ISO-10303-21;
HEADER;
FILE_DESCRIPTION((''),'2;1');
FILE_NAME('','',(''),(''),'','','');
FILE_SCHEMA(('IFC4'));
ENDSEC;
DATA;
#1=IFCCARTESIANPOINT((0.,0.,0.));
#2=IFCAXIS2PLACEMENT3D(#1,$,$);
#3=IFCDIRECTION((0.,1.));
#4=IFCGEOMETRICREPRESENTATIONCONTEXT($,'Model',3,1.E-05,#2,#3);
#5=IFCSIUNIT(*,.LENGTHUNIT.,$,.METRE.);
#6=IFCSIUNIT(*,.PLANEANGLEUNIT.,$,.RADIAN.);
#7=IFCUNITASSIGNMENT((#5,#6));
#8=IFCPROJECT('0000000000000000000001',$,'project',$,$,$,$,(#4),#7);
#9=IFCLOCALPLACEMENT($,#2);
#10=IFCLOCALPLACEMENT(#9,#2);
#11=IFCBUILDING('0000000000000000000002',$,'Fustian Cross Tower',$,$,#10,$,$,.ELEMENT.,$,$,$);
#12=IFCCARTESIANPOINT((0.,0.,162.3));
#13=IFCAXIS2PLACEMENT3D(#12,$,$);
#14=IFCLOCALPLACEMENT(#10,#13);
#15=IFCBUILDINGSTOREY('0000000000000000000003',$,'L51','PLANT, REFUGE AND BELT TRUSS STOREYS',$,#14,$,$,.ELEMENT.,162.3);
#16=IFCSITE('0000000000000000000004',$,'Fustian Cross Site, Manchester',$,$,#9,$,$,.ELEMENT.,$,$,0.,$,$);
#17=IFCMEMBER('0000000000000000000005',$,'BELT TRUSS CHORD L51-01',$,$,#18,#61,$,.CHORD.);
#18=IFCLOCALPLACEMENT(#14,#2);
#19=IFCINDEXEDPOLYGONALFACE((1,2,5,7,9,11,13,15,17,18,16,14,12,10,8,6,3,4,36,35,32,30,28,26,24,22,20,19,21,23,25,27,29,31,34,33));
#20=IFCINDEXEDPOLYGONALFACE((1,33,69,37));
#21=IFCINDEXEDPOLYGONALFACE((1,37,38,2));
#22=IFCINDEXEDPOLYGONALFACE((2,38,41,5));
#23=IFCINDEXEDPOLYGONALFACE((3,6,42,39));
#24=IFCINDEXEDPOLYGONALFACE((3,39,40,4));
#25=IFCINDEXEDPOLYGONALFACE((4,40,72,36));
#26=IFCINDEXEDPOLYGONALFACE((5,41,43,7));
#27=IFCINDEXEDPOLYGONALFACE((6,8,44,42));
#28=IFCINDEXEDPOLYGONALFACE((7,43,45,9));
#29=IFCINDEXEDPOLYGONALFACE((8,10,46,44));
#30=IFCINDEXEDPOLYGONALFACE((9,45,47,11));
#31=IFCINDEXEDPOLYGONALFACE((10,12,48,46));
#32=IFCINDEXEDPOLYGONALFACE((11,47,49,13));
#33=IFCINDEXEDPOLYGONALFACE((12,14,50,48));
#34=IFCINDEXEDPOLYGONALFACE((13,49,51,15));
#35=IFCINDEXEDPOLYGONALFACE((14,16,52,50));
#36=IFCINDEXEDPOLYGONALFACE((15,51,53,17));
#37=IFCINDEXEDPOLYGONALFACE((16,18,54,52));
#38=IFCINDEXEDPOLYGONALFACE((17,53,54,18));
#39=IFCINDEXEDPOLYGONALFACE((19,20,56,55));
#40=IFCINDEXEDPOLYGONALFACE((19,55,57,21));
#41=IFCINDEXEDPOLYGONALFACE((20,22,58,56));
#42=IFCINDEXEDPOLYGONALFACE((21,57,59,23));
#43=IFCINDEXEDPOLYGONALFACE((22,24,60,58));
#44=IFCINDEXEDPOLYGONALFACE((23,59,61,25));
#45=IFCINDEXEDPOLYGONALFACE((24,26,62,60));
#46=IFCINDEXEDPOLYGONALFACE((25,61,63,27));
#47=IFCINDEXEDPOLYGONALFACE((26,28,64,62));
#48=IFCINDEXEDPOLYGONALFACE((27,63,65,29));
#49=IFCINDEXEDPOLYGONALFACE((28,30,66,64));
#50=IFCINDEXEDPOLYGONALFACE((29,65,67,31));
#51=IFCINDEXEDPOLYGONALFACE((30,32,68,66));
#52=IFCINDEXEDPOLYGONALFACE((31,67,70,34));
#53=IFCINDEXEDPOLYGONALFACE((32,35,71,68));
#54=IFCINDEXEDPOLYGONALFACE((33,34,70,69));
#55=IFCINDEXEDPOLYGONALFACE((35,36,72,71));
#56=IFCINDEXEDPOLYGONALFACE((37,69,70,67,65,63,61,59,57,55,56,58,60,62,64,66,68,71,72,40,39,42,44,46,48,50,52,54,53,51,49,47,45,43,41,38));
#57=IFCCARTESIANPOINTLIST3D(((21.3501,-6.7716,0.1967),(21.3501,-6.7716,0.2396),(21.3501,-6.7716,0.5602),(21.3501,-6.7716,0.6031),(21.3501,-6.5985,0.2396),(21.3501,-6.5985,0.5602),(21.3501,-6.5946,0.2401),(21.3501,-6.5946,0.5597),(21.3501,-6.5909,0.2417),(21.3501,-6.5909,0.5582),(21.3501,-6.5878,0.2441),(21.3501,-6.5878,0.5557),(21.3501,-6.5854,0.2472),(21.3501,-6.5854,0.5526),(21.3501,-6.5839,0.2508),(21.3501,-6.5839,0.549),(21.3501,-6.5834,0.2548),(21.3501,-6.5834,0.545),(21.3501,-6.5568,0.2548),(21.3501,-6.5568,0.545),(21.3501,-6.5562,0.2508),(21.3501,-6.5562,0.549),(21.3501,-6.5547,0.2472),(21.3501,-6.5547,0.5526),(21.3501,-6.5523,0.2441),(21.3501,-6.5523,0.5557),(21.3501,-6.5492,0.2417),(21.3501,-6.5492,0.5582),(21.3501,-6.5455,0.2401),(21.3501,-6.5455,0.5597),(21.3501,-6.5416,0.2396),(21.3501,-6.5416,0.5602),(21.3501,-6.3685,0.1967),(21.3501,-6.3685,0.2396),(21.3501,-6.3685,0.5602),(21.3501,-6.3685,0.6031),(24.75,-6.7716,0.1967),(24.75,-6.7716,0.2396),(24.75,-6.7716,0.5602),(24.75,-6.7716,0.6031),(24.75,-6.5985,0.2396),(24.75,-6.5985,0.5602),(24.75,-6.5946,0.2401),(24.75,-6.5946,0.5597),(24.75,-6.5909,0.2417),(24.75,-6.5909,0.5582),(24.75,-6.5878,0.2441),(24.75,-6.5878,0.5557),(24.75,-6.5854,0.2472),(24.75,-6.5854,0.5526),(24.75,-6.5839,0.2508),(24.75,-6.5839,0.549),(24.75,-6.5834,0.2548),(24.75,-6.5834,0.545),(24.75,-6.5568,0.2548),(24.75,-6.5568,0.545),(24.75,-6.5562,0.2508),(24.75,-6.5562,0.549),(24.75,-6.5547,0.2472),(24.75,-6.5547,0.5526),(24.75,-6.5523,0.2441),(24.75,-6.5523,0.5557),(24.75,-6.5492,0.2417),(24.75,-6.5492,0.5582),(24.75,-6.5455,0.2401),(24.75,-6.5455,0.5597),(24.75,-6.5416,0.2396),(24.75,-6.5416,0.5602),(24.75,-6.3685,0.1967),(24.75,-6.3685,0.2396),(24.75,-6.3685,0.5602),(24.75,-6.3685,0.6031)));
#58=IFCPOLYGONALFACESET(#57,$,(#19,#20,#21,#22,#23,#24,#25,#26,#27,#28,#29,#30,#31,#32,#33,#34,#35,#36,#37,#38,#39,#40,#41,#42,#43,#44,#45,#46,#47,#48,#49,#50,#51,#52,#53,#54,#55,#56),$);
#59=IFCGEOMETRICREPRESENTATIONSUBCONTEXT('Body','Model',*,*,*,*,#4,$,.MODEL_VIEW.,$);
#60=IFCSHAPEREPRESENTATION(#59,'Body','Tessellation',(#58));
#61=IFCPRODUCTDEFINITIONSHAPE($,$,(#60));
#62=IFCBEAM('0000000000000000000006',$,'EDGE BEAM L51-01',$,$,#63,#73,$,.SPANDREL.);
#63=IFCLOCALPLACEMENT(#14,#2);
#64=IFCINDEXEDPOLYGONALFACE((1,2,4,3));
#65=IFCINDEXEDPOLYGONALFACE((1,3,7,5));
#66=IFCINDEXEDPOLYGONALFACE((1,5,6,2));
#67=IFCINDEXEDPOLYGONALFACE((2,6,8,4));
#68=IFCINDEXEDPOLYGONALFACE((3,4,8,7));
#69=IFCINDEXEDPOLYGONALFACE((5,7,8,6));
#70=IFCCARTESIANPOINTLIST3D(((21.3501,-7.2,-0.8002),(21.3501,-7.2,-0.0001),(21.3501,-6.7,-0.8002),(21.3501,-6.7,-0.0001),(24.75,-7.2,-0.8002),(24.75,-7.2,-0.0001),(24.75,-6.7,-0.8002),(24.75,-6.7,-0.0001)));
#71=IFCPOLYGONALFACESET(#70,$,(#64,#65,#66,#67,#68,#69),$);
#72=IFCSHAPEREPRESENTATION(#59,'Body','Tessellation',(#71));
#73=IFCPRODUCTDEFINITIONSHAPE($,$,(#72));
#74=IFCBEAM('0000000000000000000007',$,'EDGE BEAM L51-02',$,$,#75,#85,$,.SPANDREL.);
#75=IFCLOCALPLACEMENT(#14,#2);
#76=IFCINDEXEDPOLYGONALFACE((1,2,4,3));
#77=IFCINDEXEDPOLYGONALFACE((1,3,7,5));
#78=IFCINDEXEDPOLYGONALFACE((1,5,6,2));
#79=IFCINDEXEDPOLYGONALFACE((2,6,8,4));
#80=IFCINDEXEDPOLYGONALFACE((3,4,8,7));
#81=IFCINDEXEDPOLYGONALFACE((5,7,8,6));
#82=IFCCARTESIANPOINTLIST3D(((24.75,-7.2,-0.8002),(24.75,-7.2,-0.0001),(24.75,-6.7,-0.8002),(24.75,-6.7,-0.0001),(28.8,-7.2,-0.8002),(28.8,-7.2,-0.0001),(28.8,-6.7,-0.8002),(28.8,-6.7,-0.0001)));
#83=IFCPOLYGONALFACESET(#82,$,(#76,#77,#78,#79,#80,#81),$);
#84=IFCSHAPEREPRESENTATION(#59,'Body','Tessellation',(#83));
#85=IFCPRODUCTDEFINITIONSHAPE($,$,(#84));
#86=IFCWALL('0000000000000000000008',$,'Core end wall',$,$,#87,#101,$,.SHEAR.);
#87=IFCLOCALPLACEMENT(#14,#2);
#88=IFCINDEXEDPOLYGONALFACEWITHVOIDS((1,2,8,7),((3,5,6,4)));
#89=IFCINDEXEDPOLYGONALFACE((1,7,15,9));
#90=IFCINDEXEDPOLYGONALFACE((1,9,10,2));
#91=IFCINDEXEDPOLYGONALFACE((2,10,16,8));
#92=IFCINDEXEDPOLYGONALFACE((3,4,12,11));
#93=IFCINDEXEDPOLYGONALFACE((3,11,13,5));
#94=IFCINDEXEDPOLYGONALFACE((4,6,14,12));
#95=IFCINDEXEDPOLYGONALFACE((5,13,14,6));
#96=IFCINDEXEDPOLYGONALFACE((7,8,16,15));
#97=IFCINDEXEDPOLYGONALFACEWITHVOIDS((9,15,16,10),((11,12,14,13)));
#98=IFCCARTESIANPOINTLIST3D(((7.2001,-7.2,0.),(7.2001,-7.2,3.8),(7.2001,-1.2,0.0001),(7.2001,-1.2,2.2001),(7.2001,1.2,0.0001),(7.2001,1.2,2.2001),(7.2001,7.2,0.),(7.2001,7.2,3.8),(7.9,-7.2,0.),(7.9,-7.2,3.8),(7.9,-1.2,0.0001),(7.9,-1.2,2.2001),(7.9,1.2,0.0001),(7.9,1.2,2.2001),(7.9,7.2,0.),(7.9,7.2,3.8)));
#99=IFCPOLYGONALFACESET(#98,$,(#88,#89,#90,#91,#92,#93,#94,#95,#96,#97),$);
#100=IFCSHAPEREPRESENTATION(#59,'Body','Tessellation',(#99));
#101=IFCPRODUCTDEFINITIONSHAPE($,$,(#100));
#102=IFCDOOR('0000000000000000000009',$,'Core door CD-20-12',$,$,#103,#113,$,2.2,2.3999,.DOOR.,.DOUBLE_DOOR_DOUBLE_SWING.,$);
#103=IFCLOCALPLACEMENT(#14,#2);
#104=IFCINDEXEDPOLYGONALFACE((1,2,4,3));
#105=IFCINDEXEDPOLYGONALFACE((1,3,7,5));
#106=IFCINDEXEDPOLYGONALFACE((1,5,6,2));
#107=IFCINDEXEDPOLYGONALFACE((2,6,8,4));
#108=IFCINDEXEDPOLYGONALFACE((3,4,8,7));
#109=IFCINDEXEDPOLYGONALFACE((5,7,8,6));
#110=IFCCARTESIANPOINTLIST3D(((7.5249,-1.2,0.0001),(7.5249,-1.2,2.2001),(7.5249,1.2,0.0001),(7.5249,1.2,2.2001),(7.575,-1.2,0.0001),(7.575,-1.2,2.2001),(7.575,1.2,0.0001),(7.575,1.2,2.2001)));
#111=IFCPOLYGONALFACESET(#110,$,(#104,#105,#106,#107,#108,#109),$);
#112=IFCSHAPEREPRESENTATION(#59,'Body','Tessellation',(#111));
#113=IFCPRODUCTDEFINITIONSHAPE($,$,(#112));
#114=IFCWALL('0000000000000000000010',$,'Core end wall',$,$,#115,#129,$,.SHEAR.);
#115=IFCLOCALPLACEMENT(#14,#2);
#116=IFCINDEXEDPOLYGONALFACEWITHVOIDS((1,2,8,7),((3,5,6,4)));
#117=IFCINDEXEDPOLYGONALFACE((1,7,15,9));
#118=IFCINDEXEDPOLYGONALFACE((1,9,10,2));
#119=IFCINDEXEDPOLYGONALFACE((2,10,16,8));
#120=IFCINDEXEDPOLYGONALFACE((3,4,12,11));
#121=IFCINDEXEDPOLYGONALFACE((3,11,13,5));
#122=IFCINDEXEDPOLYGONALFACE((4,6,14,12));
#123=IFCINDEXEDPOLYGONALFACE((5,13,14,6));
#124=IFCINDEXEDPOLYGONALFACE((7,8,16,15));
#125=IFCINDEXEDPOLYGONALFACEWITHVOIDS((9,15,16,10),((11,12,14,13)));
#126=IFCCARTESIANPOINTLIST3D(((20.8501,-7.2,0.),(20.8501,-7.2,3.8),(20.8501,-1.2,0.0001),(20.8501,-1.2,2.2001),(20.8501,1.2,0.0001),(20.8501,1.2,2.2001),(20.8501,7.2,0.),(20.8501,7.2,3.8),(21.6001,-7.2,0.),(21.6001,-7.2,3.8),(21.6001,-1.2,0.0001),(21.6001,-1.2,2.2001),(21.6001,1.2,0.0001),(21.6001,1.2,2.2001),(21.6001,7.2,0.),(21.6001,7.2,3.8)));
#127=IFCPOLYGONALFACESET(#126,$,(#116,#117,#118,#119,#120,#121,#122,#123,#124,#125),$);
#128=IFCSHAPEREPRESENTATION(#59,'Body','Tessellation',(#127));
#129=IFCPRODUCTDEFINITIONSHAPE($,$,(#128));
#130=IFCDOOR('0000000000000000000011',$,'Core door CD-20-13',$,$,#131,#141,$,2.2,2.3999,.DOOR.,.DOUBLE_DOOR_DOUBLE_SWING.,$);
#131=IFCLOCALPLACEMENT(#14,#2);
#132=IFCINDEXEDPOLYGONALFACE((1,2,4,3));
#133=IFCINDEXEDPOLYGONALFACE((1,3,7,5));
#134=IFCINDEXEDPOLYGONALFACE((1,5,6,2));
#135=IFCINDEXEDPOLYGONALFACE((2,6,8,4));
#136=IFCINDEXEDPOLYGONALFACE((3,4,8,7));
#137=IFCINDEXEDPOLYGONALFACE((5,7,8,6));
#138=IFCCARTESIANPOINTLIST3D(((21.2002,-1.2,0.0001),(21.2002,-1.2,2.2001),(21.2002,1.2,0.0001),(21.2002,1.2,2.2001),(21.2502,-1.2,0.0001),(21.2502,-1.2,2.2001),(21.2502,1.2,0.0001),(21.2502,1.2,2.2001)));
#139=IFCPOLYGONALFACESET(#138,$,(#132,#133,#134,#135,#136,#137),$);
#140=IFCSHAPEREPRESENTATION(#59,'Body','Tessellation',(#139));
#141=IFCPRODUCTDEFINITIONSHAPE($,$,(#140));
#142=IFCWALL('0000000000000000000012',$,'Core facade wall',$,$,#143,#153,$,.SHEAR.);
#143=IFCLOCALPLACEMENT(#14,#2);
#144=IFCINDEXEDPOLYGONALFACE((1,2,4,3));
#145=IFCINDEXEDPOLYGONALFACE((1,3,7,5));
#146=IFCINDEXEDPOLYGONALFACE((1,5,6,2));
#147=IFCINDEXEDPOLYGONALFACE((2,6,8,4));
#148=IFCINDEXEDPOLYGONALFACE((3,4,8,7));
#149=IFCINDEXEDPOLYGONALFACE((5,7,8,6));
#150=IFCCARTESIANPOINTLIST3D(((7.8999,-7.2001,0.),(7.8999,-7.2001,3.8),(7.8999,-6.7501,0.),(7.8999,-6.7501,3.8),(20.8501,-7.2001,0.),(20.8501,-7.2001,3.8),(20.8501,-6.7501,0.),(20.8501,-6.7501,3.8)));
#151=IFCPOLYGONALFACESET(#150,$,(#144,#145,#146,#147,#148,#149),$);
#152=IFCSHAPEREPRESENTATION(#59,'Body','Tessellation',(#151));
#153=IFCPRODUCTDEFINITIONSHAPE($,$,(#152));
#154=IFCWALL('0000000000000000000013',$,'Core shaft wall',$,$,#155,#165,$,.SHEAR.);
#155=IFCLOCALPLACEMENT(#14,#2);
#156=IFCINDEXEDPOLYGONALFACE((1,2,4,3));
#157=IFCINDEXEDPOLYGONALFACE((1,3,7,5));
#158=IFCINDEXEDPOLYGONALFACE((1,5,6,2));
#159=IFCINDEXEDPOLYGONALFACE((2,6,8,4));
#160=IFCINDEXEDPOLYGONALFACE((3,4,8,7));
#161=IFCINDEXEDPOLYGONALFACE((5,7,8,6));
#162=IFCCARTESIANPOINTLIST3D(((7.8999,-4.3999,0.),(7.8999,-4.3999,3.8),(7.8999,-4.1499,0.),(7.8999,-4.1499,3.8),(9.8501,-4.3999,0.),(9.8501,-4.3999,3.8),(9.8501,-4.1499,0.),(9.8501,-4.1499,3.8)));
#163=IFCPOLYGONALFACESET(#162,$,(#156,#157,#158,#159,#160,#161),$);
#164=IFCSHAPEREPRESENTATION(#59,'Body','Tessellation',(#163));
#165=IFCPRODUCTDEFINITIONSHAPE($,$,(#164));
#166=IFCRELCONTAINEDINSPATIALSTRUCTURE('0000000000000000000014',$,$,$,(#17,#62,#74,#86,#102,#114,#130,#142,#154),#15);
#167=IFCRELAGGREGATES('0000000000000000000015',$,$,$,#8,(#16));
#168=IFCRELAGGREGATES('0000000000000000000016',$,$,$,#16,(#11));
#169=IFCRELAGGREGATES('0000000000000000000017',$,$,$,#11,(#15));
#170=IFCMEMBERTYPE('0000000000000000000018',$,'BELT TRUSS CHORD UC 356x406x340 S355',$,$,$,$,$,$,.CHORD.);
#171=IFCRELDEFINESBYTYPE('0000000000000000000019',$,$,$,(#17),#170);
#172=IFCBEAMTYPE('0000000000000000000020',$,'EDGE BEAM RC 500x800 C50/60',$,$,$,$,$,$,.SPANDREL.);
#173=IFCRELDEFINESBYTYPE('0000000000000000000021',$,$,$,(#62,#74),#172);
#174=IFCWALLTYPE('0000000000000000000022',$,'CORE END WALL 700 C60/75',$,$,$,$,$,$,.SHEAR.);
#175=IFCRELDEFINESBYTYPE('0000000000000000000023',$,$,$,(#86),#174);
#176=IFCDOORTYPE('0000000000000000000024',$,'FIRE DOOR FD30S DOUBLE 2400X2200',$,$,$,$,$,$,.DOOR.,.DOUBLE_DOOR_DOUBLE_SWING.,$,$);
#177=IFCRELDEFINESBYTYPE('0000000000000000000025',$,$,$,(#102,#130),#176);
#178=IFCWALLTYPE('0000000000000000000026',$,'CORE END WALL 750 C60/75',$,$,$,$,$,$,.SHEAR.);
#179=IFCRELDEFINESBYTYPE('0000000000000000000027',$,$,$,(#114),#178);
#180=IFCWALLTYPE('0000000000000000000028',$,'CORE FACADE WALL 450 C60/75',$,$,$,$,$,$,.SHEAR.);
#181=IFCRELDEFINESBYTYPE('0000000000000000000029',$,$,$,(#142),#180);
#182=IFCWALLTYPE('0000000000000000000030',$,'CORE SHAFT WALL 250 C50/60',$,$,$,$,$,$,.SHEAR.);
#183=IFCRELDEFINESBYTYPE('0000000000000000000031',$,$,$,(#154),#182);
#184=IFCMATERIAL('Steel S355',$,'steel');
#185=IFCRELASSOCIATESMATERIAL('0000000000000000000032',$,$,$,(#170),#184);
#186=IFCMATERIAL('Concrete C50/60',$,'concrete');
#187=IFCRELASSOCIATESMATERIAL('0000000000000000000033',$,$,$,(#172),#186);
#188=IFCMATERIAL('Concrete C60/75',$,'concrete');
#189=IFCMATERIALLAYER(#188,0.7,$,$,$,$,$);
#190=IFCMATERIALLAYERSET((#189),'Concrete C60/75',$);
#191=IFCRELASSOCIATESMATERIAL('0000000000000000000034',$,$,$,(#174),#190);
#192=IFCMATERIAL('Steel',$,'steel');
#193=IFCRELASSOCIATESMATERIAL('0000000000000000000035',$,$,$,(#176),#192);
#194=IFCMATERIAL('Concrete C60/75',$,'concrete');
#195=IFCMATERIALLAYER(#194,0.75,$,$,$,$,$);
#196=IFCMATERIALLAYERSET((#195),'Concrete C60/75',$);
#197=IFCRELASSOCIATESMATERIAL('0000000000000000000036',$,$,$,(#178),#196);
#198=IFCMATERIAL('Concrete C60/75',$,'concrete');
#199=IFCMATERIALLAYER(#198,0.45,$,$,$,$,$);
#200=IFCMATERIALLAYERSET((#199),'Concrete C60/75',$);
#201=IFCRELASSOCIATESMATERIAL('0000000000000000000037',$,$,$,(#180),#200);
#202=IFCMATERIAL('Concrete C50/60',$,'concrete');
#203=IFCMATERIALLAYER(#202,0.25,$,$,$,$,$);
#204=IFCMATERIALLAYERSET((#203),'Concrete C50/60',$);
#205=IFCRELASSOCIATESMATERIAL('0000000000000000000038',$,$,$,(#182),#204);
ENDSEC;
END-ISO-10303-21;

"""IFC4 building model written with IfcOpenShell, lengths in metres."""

from ifc_helpers import new_model, si_unit, direction, frame, frame_2d, origin, origin_2d, place, context, subcontext, project, spatial, rectangle, i_section, extrude, material, layer, layer_set, material_profile, profile_set, type_object, element, fill, save


model = new_model("IFC4")

# Units and contexts
model_context = context("Model", 3, precision=1e-05, world=origin(), true_north=direction((0.0, 1.0)))
body_context = subcontext(model_context, "Body", "Model", "MODEL_VIEW")
ifc_project = project(units=[si_unit("LENGTHUNIT", "METRE"), si_unit("PLANEANGLEUNIT", "RADIAN")], contexts=[model_context])

# Site, building, storey
site_placement = place(None, origin())
site = spatial("IfcSite", under=ifc_project, at=site_placement, Name="Fustian Cross Site, Manchester", CompositionType="ELEMENT", RefElevation=0.0)
building_placement = place(site_placement, origin())
building = spatial("IfcBuilding", under=site, at=building_placement, Name="Fustian Cross Tower", CompositionType="ELEMENT")
storey_placement = place(building_placement, frame((0.0, 0.0, 162.3)))
storey = spatial("IfcBuildingStorey", under=building, at=storey_placement, Name="L51", Description="PLANT, REFUGE AND BELT TRUSS STOREYS", CompositionType="ELEMENT", Elevation=162.3)

# Member
ifc_material_1 = material(Name="Steel S355", Category="steel")
ifc_material_profile_1 = material_profile(ifc_material_1, i_section(OverallWidth=0.4031, OverallDepth=0.4065, WebThickness=0.0266, FlangeThickness=0.043, FilletRadius=0.0151, at=origin_2d()), Name="UC 356x406x340")
ifc_profile_set_1 = profile_set([ifc_material_profile_1], Name="Steel S355")
member_type_1 = type_object("IfcMemberType", Name="BELT TRUSS CHORD UC 356x406x340 S355", PredefinedType="CHORD", material=ifc_profile_set_1)
for number, where, z_axis, x_axis, name in (
    (1, (21.3501, -6.5701, 0.3999), (1.0, 0.0, 0.0), (0.0, 1.0, 0.0), "BELT TRUSS CHORD L51-01"),
):
    element("IfcMember", number, at=place(storey_placement, frame(where, z_axis=z_axis, x_axis=x_axis)), inside=storey, type_object=member_type_1, Name=name, PredefinedType="CHORD", context=body_context, shape_type="SweptSolid", body=[
        extrude(i_section(OverallWidth=0.4031, OverallDepth=0.4065, WebThickness=0.0266, FlangeThickness=0.043, FilletRadius=0.0151, at=origin_2d()), origin(), (0.0, 0.0, 1.0), 3.3999),
    ])

# Beams
ifc_material_2 = material(Name="Concrete C50/60", Category="concrete")
ifc_material_profile_2 = material_profile(ifc_material_2, rectangle(XDim=0.5, YDim=0.8, at=origin_2d()), Name="RC 500x800")
ifc_profile_set_2 = profile_set([ifc_material_profile_2], Name="Concrete C50/60")
beam_type = type_object("IfcBeamType", Name="EDGE BEAM RC 500x800 C50/60", PredefinedType="SPANDREL", material=ifc_profile_set_2)
beam_1_placement = place(storey_placement, frame((21.3501, -6.95, -0.4001), z_axis=(1.0, 0.0, 0.0), x_axis=(0.0, 1.0, 0.0)))
element("IfcBeam", 2, at=beam_1_placement, inside=storey, type_object=beam_type, Name="EDGE BEAM L51-01", PredefinedType="SPANDREL", context=body_context, shape_type="SweptSolid", body=[
    extrude(rectangle(XDim=0.5, YDim=0.8, at=origin_2d()), origin(), (0.0, 0.0, 1.0), 3.3999),
])
beam_2_placement = place(storey_placement, frame((24.75, -6.95, -0.4001), z_axis=(1.0, 0.0, 0.0), x_axis=(0.0, 1.0, 0.0)))
element("IfcBeam", 3, at=beam_2_placement, inside=storey, type_object=beam_type, Name="EDGE BEAM L51-02", PredefinedType="SPANDREL", context=body_context, shape_type="SweptSolid", body=[
    extrude(rectangle(XDim=0.5, YDim=0.8, at=origin_2d()), origin(), (0.0, 0.0, 1.0), 4.05),
])

# Walls, openings, doors
ifc_material_3 = material(Name="Concrete C60/75", Category="concrete")
ifc_layer_1 = layer(ifc_material_3, 0.7)
ifc_layer_set_1 = layer_set([ifc_layer_1], Name="Concrete C60/75")
wall_type_1 = type_object("IfcWallType", Name="CORE END WALL 700 C60/75", PredefinedType="SHEAR", material=ifc_layer_set_1)
wall_1_placement = place(storey_placement, frame((7.55, -7.2, 0.0), z_axis=(0.0, 0.0, 1.0), x_axis=(0.0, 1.0, 0.0)))
wall_1 = element("IfcWall", 4, at=wall_1_placement, inside=storey, type_object=wall_type_1, Name="Core end wall", PredefinedType="SHEAR", context=body_context, shape_type="SweptSolid", body=[
    extrude(rectangle(XDim=14.3999, YDim=0.7, at=frame_2d((7.2, 0.0))), origin(), (0.0, 0.0, 1.0), 3.8),
])
opening_1_placement = place(wall_1_placement, frame((6.0, 0.0, 0.0)))
opening_1 = element("IfcOpeningElement", 5, at=opening_1_placement, cuts=wall_1, PredefinedType="OPENING", context=body_context, shape_type="SweptSolid", body=[
    extrude(rectangle(XDim=2.3999, YDim=2.2, at=frame_2d((1.2, 1.1001))), frame((0.0, 0.3599, 0.0), z_axis=(0.0, -1.0, 0.0), x_axis=(1.0, 0.0, 0.0)), (0.0, 0.0, 1.0), 0.72),
])
ifc_material_4 = material(Name="Steel", Category="steel")
door_type_1 = type_object("IfcDoorType", Name="FIRE DOOR FD30S DOUBLE 2400X2200", OperationType="DOUBLE_DOOR_DOUBLE_SWING", PredefinedType="DOOR", material=ifc_material_4)
door_1_placement = place(opening_1_placement, frame((2.3999, 0.0, 0.0), z_axis=(0.0, 0.0, 1.0), x_axis=(-1.0, 0.0, 0.0)))
door_1 = element("IfcDoor", 6, at=door_1_placement, inside=storey, type_object=door_type_1, Name="Core door CD-20-12", OperationType="DOUBLE_DOOR_DOUBLE_SWING", OverallHeight=2.2, OverallWidth=2.3999, PredefinedType="DOOR", context=body_context, shape_type="SweptSolid", body=[
    extrude(rectangle(XDim=2.3999, YDim=2.2, at=frame_2d((1.2, 1.1001))), frame((0.0, 0.0249, 0.0), z_axis=(0.0, -1.0, 0.0), x_axis=(1.0, 0.0, 0.0)), (0.0, 0.0, 1.0), 0.05),
])
fill(opening_1, door_1)
ifc_material_5 = material(Name="Concrete C60/75", Category="concrete")
ifc_layer_2 = layer(ifc_material_5, 0.75)
ifc_layer_set_2 = layer_set([ifc_layer_2], Name="Concrete C60/75")
wall_type_2 = type_object("IfcWallType", Name="CORE END WALL 750 C60/75", PredefinedType="SHEAR", material=ifc_layer_set_2)
wall_2_placement = place(storey_placement, frame((21.2251, -7.2, 0.0), z_axis=(0.0, 0.0, 1.0), x_axis=(0.0, 1.0, 0.0)))
wall_2 = element("IfcWall", 7, at=wall_2_placement, inside=storey, type_object=wall_type_2, Name="Core end wall", PredefinedType="SHEAR", context=body_context, shape_type="SweptSolid", body=[
    extrude(rectangle(XDim=14.3999, YDim=0.75, at=frame_2d((7.2, 0.0))), origin(), (0.0, 0.0, 1.0), 3.8),
])
opening_2_placement = place(wall_2_placement, frame((6.0, 0.0, 0.0)))
opening_2 = element("IfcOpeningElement", 8, at=opening_2_placement, cuts=wall_2, PredefinedType="OPENING", context=body_context, shape_type="SweptSolid", body=[
    extrude(rectangle(XDim=2.3999, YDim=2.2, at=frame_2d((1.2, 1.1001))), frame((0.0, 0.385, 0.0), z_axis=(0.0, -1.0, 0.0), x_axis=(1.0, 0.0, 0.0)), (0.0, 0.0, 1.0), 0.77),
])
door_2_placement = place(opening_2_placement, origin())
door_2 = element("IfcDoor", 9, at=door_2_placement, inside=storey, type_object=door_type_1, Name="Core door CD-20-13", OperationType="DOUBLE_DOOR_DOUBLE_SWING", OverallHeight=2.2, OverallWidth=2.3999, PredefinedType="DOOR", context=body_context, shape_type="SweptSolid", body=[
    extrude(rectangle(XDim=2.3999, YDim=2.2, at=frame_2d((1.2, 1.1001))), frame((0.0, 0.0249, 0.0), z_axis=(0.0, -1.0, 0.0), x_axis=(1.0, 0.0, 0.0)), (0.0, 0.0, 1.0), 0.05),
])
fill(opening_2, door_2)

# Walls
ifc_material_6 = material(Name="Concrete C60/75", Category="concrete")
ifc_layer_3 = layer(ifc_material_6, 0.45)
ifc_layer_set_3 = layer_set([ifc_layer_3], Name="Concrete C60/75")
wall_type_3 = type_object("IfcWallType", Name="CORE FACADE WALL 450 C60/75", PredefinedType="SHEAR", material=ifc_layer_set_3)
wall_3_placement = place(storey_placement, frame((7.8999, -6.9751, 0.0), z_axis=(0.0, 0.0, 1.0), x_axis=(1.0, 0.0, 0.0)))
element("IfcWall", 10, at=wall_3_placement, inside=storey, type_object=wall_type_3, Name="Core facade wall", PredefinedType="SHEAR", context=body_context, shape_type="SweptSolid", body=[
    extrude(rectangle(XDim=12.9502, YDim=0.45, at=frame_2d((6.4751, 0.0))), origin(), (0.0, 0.0, 1.0), 3.8),
])
ifc_material_7 = material(Name="Concrete C50/60", Category="concrete")
ifc_layer_4 = layer(ifc_material_7, 0.25)
ifc_layer_set_4 = layer_set([ifc_layer_4], Name="Concrete C50/60")
wall_type_4 = type_object("IfcWallType", Name="CORE SHAFT WALL 250 C50/60", PredefinedType="SHEAR", material=ifc_layer_set_4)
wall_4_placement = place(storey_placement, frame((7.8999, -4.2749, 0.0), z_axis=(0.0, 0.0, 1.0), x_axis=(1.0, 0.0, 0.0)))
element("IfcWall", 11, at=wall_4_placement, inside=storey, type_object=wall_type_4, Name="Core shaft wall", PredefinedType="SHEAR", context=body_context, shape_type="SweptSolid", body=[
    extrude(rectangle(XDim=1.9502, YDim=0.25, at=frame_2d((0.9751, 0.0))), origin(), (0.0, 0.0, 1.0), 3.8),
])

save(model, "model.ifc")
